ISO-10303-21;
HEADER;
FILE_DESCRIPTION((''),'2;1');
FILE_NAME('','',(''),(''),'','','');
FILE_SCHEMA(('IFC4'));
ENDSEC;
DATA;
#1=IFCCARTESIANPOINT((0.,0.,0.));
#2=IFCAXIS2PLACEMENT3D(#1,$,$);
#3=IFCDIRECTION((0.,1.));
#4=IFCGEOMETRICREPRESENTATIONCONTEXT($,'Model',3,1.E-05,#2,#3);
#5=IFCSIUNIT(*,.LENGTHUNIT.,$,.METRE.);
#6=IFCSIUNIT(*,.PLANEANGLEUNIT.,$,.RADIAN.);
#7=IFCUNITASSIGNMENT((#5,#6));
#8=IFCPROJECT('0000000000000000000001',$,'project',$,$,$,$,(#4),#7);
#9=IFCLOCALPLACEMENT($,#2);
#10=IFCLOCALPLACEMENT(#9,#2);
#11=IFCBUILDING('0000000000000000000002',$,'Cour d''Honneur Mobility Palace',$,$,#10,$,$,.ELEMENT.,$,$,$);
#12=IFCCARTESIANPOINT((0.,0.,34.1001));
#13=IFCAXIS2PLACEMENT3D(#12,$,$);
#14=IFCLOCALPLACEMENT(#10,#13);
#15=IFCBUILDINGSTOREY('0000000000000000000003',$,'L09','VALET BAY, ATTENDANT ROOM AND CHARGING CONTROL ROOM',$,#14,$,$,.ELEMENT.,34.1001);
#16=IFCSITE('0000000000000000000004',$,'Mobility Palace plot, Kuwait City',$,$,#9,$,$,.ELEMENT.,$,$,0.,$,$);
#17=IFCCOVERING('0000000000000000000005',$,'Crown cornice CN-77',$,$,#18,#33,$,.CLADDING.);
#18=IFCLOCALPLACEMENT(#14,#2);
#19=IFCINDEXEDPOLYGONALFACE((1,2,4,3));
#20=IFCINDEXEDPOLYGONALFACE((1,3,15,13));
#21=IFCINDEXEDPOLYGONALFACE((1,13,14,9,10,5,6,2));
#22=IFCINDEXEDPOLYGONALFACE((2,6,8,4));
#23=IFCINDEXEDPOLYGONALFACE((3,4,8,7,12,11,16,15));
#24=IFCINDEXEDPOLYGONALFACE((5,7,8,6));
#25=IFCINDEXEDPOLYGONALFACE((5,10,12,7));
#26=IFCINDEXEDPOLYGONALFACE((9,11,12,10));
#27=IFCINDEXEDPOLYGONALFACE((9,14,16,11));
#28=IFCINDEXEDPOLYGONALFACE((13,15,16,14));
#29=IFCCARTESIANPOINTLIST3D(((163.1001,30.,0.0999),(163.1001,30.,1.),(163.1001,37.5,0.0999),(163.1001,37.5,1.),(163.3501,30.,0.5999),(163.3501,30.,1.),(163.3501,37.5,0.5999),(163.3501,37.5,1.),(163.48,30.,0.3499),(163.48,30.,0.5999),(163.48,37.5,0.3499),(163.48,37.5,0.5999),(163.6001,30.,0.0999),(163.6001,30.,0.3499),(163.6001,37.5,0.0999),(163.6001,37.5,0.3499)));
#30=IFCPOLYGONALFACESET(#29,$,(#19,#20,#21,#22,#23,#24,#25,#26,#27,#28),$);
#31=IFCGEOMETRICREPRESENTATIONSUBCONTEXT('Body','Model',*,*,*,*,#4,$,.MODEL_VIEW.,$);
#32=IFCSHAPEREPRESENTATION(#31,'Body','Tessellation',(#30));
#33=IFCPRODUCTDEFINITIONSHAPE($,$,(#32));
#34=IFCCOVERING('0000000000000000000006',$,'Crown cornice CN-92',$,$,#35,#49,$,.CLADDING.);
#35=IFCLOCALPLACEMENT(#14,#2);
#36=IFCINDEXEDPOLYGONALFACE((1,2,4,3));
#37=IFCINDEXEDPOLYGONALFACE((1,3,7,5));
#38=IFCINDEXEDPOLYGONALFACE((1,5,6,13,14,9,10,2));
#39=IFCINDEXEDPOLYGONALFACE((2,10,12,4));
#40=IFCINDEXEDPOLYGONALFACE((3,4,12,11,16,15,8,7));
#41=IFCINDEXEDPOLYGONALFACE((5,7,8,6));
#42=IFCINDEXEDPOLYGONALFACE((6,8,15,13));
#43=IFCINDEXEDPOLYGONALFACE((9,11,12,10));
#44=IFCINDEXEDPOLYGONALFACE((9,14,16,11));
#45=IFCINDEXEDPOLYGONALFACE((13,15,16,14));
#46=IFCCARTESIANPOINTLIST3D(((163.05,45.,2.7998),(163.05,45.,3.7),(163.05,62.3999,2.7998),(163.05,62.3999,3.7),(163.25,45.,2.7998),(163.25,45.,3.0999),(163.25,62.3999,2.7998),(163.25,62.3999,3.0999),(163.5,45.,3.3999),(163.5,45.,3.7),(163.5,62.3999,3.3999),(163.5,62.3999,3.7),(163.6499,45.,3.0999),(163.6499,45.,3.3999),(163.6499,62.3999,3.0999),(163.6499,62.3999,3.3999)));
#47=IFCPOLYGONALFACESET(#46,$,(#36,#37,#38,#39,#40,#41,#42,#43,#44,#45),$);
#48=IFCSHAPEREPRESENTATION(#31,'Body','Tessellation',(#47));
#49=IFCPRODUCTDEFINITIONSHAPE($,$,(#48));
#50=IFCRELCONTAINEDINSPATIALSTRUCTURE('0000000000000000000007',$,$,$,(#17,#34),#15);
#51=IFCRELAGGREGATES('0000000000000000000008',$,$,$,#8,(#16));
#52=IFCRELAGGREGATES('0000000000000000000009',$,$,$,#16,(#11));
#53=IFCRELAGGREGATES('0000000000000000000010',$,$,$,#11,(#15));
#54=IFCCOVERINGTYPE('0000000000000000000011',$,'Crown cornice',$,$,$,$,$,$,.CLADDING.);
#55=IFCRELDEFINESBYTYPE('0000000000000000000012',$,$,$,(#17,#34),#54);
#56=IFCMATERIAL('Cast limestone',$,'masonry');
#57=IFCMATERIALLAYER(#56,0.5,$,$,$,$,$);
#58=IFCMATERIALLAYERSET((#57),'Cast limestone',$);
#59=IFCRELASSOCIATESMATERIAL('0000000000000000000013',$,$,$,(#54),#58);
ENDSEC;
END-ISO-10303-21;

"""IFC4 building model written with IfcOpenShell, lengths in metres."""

from ifc_helpers import new_model, si_unit, direction, frame, origin, place, context, subcontext, project, spatial, polyline, outline, extrude, material, layer, layer_set, type_object, element, save


model = new_model("IFC4")

# Units and contexts
model_context = context("Model", 3, precision=1e-05, world=origin(), true_north=direction((0.0, 1.0)))
body_context = subcontext(model_context, "Body", "Model", "MODEL_VIEW")
ifc_project = project(units=[si_unit("LENGTHUNIT", "METRE"), si_unit("PLANEANGLEUNIT", "RADIAN")], contexts=[model_context])

# Site, building, storey
site_placement = place(None, origin())
site = spatial("IfcSite", under=ifc_project, at=site_placement, Name="Mobility Palace plot, Kuwait City", CompositionType="ELEMENT", RefElevation=0.0)
building_placement = place(site_placement, origin())
building = spatial("IfcBuilding", under=site, at=building_placement, Name="Cour d'Honneur Mobility Palace", CompositionType="ELEMENT")
storey_placement = place(building_placement, frame((0.0, 0.0, 34.1001)))
storey = spatial("IfcBuildingStorey", under=building, at=storey_placement, Name="L09", Description="VALET BAY, ATTENDANT ROOM AND CHARGING CONTROL ROOM", CompositionType="ELEMENT", Elevation=34.1001)

# Coverings
ifc_material_1 = material(Name="Cast limestone", Category="masonry")
ifc_layer_1 = layer(ifc_material_1, 0.5)
ifc_layer_set_1 = layer_set([ifc_layer_1], Name="Cast limestone")
covering_type_1 = type_object("IfcCoveringType", Name="Crown cornice", PredefinedType="CLADDING", material=ifc_layer_set_1)
covering_1_placement = place(storey_placement, frame((163.1001, 30.0, 0.0999), z_axis=(0.0, -1.0, 0.0), x_axis=(1.0, 0.0, 0.0)))
element("IfcCovering", 1, at=covering_1_placement, inside=storey, type_object=covering_type_1, Name="Crown cornice CN-77", PredefinedType="CLADDING", context=body_context, shape_type="SweptSolid", body=[
    extrude(outline(polyline([(0.0, 0.0), (0.5, 0.0), (0.5, 0.25), (0.3799, 0.25), (0.3799, 0.5), (0.25, 0.5), (0.25, 0.9001), (0.0, 0.9001), (0.0, 0.0)])), origin(), (0.0, 0.0, -1.0), 7.5),
])
covering_2_placement = place(storey_placement, frame((163.05, 45.0, 2.7998), z_axis=(0.0, -1.0, 0.0), x_axis=(1.0, 0.0, 0.0)))
element("IfcCovering", 2, at=covering_2_placement, inside=storey, type_object=covering_type_1, Name="Crown cornice CN-92", PredefinedType="CLADDING", context=body_context, shape_type="SweptSolid", body=[
    extrude(outline(polyline([(0.0, 0.0), (0.2, 0.0), (0.2, 0.3), (0.5999, 0.3), (0.5999, 0.6001), (0.45, 0.6001), (0.45, 0.9001), (0.0, 0.9001), (0.0, 0.0)])), origin(), (0.0, 0.0, -1.0), 17.3999),
])

save(model, "model.ifc")
